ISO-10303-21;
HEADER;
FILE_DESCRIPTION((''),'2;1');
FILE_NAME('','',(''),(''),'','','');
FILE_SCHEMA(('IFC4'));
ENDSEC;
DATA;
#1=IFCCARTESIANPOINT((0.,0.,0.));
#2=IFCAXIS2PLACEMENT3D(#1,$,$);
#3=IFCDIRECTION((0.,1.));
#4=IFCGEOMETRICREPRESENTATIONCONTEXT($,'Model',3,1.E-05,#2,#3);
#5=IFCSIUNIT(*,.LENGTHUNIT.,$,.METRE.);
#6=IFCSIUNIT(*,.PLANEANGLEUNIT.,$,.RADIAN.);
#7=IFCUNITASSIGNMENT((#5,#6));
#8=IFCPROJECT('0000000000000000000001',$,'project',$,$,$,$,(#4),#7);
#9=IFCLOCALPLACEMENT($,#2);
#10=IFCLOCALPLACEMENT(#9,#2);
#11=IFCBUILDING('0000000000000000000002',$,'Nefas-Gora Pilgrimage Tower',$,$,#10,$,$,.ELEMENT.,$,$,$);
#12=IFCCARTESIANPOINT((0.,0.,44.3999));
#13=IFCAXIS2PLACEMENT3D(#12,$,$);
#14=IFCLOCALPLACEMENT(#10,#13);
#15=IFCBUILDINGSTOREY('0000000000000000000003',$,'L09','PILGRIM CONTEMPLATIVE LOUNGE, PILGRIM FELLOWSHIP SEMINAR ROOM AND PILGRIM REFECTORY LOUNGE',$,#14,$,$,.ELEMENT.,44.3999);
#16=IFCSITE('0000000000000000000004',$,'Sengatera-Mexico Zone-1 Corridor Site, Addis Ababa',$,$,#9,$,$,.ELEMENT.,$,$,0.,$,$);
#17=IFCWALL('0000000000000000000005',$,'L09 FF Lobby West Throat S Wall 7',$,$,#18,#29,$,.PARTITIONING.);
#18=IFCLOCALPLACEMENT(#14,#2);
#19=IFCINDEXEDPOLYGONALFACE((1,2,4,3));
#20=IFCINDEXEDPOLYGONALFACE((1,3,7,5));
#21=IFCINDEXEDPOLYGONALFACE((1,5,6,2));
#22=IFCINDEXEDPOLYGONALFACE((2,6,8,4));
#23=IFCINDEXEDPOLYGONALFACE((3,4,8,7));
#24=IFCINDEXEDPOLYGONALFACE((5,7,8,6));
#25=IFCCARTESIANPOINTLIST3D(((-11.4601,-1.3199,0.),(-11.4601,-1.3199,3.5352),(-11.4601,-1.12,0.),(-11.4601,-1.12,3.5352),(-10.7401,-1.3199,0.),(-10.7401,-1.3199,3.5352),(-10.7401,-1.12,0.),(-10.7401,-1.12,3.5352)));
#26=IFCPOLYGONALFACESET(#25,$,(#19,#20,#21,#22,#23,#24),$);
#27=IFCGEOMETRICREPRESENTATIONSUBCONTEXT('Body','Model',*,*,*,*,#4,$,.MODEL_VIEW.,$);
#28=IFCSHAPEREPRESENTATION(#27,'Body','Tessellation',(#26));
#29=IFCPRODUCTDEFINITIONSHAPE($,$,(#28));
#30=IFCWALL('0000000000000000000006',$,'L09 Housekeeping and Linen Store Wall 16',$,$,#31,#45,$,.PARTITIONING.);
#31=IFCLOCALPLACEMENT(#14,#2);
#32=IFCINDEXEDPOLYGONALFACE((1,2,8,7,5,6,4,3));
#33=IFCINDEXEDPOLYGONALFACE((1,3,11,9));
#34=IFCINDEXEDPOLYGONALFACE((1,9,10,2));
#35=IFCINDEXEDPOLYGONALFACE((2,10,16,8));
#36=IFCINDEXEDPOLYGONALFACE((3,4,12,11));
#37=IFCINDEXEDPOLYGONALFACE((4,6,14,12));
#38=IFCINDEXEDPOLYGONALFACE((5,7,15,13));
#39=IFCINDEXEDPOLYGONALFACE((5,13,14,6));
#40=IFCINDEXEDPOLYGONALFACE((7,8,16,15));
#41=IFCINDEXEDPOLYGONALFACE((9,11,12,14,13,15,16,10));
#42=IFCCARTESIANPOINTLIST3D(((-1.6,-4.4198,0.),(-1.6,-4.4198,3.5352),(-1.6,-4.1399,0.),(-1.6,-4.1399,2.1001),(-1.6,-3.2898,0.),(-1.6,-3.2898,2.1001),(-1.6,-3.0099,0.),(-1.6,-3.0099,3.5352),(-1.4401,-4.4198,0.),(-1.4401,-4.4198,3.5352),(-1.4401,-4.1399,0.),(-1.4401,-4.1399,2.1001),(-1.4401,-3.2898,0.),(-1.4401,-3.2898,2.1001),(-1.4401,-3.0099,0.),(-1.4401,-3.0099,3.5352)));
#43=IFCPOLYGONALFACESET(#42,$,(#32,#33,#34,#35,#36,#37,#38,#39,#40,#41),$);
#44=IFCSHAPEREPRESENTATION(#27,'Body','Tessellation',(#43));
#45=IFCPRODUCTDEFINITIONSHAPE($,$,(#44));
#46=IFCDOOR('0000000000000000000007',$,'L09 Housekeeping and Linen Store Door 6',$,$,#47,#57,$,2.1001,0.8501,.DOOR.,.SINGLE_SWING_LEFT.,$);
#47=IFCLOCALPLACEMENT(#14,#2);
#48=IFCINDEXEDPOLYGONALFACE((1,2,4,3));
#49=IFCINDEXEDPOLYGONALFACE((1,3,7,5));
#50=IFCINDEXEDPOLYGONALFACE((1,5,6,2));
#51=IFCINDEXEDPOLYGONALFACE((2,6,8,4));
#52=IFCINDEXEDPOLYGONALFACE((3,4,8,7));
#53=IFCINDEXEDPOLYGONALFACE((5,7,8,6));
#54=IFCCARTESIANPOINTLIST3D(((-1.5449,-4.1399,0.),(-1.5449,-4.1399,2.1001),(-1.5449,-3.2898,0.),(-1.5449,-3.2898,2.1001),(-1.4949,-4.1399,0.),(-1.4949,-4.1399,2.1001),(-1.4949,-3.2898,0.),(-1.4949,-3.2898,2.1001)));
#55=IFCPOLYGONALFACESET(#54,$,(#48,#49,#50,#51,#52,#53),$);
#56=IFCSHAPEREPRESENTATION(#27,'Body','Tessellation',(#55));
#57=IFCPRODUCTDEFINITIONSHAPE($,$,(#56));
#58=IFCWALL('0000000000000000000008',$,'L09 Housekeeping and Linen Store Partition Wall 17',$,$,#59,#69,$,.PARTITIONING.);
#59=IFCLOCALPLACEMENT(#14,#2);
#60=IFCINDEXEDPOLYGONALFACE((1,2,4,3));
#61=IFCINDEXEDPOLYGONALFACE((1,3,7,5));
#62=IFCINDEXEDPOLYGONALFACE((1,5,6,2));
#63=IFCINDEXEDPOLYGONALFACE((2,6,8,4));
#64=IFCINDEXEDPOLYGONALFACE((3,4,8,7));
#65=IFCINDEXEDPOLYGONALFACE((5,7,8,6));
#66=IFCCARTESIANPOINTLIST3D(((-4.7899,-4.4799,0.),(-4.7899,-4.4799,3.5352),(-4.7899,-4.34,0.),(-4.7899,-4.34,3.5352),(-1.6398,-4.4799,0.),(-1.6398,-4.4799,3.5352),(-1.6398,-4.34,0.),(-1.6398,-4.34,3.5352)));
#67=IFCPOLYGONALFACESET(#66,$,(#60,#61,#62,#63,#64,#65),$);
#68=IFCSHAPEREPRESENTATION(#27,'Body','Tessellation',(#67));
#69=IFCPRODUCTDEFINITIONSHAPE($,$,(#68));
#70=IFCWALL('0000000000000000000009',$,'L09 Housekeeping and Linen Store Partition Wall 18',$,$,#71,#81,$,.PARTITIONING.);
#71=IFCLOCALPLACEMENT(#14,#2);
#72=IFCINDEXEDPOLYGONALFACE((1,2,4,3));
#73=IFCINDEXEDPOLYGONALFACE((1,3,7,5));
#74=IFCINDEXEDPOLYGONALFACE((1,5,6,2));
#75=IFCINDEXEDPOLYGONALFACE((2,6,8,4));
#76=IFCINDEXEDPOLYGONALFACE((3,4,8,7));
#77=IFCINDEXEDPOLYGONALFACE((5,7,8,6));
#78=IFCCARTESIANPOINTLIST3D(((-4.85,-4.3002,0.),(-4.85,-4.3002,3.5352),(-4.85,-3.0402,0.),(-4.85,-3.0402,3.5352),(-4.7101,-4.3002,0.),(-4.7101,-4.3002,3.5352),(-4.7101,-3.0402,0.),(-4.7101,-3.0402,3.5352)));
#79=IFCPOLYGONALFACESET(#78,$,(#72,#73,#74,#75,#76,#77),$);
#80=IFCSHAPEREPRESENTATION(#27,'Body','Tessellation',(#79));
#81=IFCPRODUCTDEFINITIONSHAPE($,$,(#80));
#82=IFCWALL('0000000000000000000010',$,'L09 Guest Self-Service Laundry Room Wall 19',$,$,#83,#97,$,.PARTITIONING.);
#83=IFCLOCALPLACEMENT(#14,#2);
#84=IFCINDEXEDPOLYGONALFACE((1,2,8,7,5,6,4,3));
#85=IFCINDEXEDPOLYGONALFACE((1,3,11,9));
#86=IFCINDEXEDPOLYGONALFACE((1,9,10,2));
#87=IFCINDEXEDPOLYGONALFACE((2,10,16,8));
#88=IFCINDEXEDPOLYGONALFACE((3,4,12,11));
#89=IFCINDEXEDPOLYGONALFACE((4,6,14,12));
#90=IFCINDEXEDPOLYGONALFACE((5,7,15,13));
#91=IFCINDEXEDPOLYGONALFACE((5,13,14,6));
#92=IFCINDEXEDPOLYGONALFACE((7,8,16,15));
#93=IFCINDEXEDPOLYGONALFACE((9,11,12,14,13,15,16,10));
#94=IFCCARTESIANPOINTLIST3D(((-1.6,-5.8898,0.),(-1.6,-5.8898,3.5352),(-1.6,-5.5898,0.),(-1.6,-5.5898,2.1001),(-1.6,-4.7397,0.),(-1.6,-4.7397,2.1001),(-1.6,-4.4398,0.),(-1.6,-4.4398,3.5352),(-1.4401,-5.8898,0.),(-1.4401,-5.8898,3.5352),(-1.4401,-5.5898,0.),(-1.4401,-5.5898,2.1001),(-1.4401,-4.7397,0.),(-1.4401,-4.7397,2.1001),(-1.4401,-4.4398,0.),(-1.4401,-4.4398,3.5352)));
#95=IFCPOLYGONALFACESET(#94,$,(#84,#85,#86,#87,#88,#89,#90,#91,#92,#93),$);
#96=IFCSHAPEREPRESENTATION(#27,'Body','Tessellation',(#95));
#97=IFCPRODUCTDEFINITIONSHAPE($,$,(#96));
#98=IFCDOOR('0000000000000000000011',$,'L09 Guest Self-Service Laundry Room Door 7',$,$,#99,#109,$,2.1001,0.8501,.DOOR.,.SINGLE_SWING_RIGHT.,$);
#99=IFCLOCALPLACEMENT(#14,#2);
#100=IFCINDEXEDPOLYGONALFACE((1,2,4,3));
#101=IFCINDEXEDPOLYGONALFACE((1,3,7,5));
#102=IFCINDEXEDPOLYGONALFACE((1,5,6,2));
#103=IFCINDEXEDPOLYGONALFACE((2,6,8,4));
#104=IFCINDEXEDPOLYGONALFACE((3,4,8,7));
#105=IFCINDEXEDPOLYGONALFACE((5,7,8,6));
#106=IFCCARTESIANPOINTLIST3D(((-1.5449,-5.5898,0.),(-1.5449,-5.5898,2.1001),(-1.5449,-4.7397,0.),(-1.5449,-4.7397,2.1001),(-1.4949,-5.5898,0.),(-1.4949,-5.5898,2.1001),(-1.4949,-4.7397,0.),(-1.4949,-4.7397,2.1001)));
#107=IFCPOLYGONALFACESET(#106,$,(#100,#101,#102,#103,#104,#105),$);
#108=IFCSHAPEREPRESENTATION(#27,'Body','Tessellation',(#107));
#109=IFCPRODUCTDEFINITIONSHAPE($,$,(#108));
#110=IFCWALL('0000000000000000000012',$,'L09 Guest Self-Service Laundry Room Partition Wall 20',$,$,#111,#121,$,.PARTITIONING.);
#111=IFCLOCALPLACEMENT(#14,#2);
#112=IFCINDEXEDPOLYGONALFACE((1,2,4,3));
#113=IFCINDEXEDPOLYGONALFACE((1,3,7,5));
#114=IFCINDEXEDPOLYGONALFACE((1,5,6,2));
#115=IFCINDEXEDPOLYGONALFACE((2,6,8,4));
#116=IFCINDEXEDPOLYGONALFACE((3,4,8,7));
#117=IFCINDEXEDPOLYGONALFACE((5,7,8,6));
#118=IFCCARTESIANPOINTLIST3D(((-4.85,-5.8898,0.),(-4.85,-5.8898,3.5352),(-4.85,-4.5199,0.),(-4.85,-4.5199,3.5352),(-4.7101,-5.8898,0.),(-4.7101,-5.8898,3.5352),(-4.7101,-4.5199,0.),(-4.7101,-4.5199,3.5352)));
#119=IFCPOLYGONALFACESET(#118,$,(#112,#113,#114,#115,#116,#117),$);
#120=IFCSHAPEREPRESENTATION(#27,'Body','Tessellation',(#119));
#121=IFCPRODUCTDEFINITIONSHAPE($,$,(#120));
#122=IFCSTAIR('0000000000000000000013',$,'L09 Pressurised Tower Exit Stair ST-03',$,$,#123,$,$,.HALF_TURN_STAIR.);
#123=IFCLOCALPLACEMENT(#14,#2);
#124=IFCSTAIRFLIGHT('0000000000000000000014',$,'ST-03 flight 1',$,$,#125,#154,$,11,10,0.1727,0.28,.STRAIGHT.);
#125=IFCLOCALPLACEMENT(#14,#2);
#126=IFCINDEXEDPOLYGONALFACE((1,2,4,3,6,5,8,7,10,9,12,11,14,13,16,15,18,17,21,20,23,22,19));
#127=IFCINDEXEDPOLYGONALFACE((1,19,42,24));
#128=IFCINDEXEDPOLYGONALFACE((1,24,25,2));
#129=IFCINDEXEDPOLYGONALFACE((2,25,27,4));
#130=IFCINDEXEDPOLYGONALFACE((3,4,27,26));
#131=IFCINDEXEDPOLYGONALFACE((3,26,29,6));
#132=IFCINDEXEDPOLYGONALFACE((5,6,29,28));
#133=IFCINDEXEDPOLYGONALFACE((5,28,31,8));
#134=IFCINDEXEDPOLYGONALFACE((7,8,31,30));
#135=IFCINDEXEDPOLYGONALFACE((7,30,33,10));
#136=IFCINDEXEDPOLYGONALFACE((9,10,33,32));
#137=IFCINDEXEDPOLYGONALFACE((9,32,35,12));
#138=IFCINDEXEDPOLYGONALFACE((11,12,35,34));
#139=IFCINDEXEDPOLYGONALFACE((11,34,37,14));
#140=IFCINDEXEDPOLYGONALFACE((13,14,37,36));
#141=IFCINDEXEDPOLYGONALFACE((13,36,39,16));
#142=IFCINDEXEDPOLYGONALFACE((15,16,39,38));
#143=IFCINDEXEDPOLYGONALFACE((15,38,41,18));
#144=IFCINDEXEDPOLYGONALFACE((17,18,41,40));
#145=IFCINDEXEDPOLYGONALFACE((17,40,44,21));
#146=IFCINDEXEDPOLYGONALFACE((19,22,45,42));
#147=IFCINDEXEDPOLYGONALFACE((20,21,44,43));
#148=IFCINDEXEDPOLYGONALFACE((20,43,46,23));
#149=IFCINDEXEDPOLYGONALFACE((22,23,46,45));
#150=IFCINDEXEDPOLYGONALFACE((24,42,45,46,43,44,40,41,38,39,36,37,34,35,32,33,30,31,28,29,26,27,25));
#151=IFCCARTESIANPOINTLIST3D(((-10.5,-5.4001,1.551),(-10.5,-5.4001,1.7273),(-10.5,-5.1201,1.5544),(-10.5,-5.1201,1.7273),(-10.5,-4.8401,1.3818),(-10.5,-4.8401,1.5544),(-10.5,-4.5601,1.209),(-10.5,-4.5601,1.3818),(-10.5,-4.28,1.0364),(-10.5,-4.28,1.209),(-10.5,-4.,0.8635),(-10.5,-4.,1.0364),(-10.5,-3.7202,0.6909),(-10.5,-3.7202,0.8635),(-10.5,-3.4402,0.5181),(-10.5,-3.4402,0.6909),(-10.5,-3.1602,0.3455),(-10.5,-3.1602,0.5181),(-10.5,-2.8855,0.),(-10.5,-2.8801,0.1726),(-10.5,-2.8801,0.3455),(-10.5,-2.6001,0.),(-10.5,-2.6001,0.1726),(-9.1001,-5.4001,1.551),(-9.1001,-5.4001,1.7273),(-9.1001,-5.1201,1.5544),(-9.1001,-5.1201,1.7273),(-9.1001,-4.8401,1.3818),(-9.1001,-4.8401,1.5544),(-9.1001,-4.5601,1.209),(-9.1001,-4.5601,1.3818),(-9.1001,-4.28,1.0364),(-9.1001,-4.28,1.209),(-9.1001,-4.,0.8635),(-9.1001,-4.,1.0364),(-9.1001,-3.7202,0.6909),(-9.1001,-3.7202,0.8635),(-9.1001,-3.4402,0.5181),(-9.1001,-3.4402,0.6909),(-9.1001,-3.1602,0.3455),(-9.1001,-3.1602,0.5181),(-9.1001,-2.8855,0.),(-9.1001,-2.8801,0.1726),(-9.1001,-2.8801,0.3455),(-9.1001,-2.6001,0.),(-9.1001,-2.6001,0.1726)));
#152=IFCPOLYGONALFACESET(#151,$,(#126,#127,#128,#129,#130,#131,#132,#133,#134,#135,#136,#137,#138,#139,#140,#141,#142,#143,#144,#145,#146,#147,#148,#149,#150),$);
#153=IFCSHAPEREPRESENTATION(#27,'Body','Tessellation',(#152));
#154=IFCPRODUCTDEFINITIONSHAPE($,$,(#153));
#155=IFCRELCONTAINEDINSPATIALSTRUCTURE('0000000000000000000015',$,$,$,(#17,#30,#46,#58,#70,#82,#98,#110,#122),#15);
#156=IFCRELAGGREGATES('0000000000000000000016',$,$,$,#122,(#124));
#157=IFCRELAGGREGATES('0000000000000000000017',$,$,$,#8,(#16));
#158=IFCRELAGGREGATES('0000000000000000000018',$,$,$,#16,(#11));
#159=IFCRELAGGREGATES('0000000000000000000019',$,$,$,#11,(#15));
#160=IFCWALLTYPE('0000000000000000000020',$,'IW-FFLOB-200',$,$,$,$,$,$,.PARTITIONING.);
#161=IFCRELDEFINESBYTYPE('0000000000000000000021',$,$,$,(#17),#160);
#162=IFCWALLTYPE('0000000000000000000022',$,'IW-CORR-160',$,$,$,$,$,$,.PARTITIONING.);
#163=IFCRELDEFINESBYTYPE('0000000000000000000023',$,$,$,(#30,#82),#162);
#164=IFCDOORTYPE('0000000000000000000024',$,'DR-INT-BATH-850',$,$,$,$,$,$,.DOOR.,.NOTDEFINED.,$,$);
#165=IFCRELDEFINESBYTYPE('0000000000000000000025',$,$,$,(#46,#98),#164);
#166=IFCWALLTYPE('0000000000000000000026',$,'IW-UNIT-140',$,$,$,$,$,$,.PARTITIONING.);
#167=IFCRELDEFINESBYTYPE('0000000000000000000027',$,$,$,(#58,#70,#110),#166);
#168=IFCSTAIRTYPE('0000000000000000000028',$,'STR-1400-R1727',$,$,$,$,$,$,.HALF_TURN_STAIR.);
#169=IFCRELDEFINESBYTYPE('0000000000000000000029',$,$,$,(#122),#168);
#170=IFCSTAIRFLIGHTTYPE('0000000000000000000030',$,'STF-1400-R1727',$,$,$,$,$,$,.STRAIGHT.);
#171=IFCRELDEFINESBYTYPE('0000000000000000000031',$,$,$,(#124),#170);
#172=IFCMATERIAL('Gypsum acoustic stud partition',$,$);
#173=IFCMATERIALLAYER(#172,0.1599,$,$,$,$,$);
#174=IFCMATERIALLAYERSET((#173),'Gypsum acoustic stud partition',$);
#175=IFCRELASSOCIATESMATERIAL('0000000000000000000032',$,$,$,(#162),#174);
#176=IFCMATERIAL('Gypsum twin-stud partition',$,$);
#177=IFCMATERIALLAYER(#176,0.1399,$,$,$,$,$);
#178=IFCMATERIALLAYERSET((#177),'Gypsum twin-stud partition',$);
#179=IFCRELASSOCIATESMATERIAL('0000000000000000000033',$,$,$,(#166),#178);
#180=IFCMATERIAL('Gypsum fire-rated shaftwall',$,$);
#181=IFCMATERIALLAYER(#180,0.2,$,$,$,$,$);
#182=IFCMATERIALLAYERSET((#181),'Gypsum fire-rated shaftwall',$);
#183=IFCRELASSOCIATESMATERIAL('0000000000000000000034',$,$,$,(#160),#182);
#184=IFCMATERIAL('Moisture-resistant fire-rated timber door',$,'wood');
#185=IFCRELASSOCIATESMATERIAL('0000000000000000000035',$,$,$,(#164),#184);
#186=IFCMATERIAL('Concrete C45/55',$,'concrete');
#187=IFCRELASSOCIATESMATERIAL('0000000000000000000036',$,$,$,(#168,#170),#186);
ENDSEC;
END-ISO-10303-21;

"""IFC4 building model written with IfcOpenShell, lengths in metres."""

from ifc_helpers import new_model, si_unit, direction, frame, frame_2d, origin, place, context, subcontext, project, spatial, polyline, rectangle, outline, extrude, source, transform, mapped, material, layer, layer_set, type_object, element, fill, aggregate, save


model = new_model("IFC4")

# Units and contexts
model_context = context("Model", 3, precision=1e-05, world=origin(), true_north=direction((0.0, 1.0)))
body_context = subcontext(model_context, "Body", "Model", "MODEL_VIEW")
ifc_project = project(units=[si_unit("LENGTHUNIT", "METRE"), si_unit("PLANEANGLEUNIT", "RADIAN")], contexts=[model_context])

# Site, building, storey
site_placement = place(None, origin())
site = spatial("IfcSite", under=ifc_project, at=site_placement, Name="Sengatera-Mexico Zone-1 Corridor Site, Addis Ababa", CompositionType="ELEMENT", RefElevation=0.0)
building_placement = place(site_placement, origin())
building = spatial("IfcBuilding", under=site, at=building_placement, Name="Nefas-Gora Pilgrimage Tower", CompositionType="ELEMENT")
storey_placement = place(building_placement, frame((0.0, 0.0, 44.3999)))
storey = spatial("IfcBuildingStorey", under=building, at=storey_placement, Name="L09", Description="PILGRIM CONTEMPLATIVE LOUNGE, PILGRIM FELLOWSHIP SEMINAR ROOM AND PILGRIM REFECTORY LOUNGE", CompositionType="ELEMENT", Elevation=44.3999)

# Shared definitions
ifc_material_1 = material(Name="Concrete C45/55", Category="concrete")

# Wall
ifc_material_2 = material(Name="Gypsum acoustic stud partition")
ifc_layer_1 = layer(ifc_material_2, 0.1599)
ifc_layer_set_1 = layer_set([ifc_layer_1], Name="Gypsum acoustic stud partition")
wall_type_1 = type_object("IfcWallType", Name="IW-CORR-160", PredefinedType="PARTITIONING", material=ifc_layer_set_1)
ifc_material_3 = material(Name="Gypsum twin-stud partition")
ifc_layer_2 = layer(ifc_material_3, 0.1399)
ifc_layer_set_2 = layer_set([ifc_layer_2], Name="Gypsum twin-stud partition")
wall_type_2 = type_object("IfcWallType", Name="IW-UNIT-140", PredefinedType="PARTITIONING", material=ifc_layer_set_2)
ifc_material_4 = material(Name="Gypsum fire-rated shaftwall")
ifc_layer_3 = layer(ifc_material_4, 0.2)
ifc_layer_set_3 = layer_set([ifc_layer_3], Name="Gypsum fire-rated shaftwall")
wall_type_3 = type_object("IfcWallType", Name="IW-FFLOB-200", PredefinedType="PARTITIONING", material=ifc_layer_set_3)
shared_shape_1 = source(origin(), body_context, "Body", "SweptSolid", [
    extrude(rectangle(XDim=0.72, YDim=0.2, at=frame_2d((0.3599, 0.0))), origin(), (0.0, 0.0, 1.0), 3.5352),
])
wall_1_placement = place(storey_placement, frame((-11.46, -1.22, 0.0), z_axis=(0.0, 0.0, 1.0), x_axis=(1.0, 0.0, 0.0)))
element("IfcWall", 1, at=wall_1_placement, inside=storey, type_object=wall_type_3, Name="L09 FF Lobby West Throat S Wall 7", PredefinedType="PARTITIONING", context=body_context, shape_type="MappedRepresentation", body=[
    mapped(shared_shape_1, transform((0.0, 0.0, 0.0), x_axis=(1.0, 0.0, 0.0), y_axis=(0.0, 1.0, 0.0), z_axis=(0.0, 0.0, 1.0), scale=1.0)),
])

# Wall, opening, door
shared_shape_2 = source(origin(), body_context, "Body", "SweptSolid", [
    extrude(rectangle(XDim=1.4099, YDim=0.1599, at=frame_2d((0.7051, 0.0))), origin(), (0.0, 0.0, 1.0), 3.5352),
])
wall_2_placement = place(storey_placement, frame((-1.52, -4.4199, 0.0), z_axis=(0.0, 0.0, 1.0), x_axis=(0.0, 1.0, 0.0)))
wall_2 = element("IfcWall", 2, at=wall_2_placement, inside=storey, type_object=wall_type_1, Name="L09 Housekeeping and Linen Store Wall 16", PredefinedType="PARTITIONING", context=body_context, shape_type="MappedRepresentation", body=[
    mapped(shared_shape_2, transform((0.0, 0.0, 0.0), x_axis=(1.0, 0.0, 0.0), y_axis=(0.0, 1.0, 0.0), z_axis=(0.0, 0.0, 1.0), scale=1.0)),
])
opening_1_placement = place(wall_2_placement, frame((0.28, 0.0, 0.0)))
opening_1 = element("IfcOpeningElement", 3, at=opening_1_placement, cuts=wall_2, PredefinedType="OPENING", context=body_context, shape_type="SweptSolid", body=[
    extrude(rectangle(XDim=0.8501, YDim=2.1001, at=frame_2d((0.425, 1.05))), frame((0.0, 0.0898, 0.0), z_axis=(0.0, -1.0, 0.0), x_axis=(1.0, 0.0, 0.0)), (0.0, 0.0, 1.0), 0.1799),
])
ifc_material_5 = material(Name="Moisture-resistant fire-rated timber door", Category="wood")
door_type_1 = type_object("IfcDoorType", Name="DR-INT-BATH-850", OperationType="NOTDEFINED", PredefinedType="DOOR", material=ifc_material_5)
shared_shape_3 = source(origin(), body_context, "Body", "SweptSolid", [
    extrude(rectangle(XDim=0.8501, YDim=2.1001, at=frame_2d((0.425, 1.05))), frame((0.0, 0.0249, 0.0), z_axis=(0.0, -1.0, 0.0), x_axis=(1.0, 0.0, 0.0)), (0.0, 0.0, 1.0), 0.05),
])
door_1_placement = place(opening_1_placement, origin())
door_1 = element("IfcDoor", 4, at=door_1_placement, inside=storey, type_object=door_type_1, Name="L09 Housekeeping and Linen Store Door 6", OperationType="SINGLE_SWING_LEFT", OverallHeight=2.1001, OverallWidth=0.8501, PredefinedType="DOOR", context=body_context, shape_type="MappedRepresentation", body=[
    mapped(shared_shape_3, transform((0.0, 0.0, 0.0), x_axis=(1.0, 0.0, 0.0), y_axis=(0.0, 1.0, 0.0), z_axis=(0.0, 0.0, 1.0), scale=1.0)),
])
fill(opening_1, door_1)

# Walls
shared_shape_4 = source(origin(), body_context, "Body", "SweptSolid", [
    extrude(rectangle(XDim=3.1501, YDim=0.1399, at=frame_2d((1.5752, 0.0))), origin(), (0.0, 0.0, 1.0), 3.5352),
])
wall_3_placement = place(storey_placement, frame((-4.79, -4.4099, 0.0), z_axis=(0.0, 0.0, 1.0), x_axis=(1.0, 0.0, 0.0)))
element("IfcWall", 5, at=wall_3_placement, inside=storey, type_object=wall_type_2, Name="L09 Housekeeping and Linen Store Partition Wall 17", PredefinedType="PARTITIONING", context=body_context, shape_type="MappedRepresentation", body=[
    mapped(shared_shape_4, transform((0.0, 0.0, 0.0), x_axis=(1.0, 0.0, 0.0), y_axis=(0.0, 1.0, 0.0), z_axis=(0.0, 0.0, 1.0), scale=1.0)),
])
shared_shape_5 = source(origin(), body_context, "Body", "SweptSolid", [
    extrude(rectangle(XDim=1.26, YDim=0.1399, at=frame_2d((0.6299, 0.0))), origin(), (0.0, 0.0, 1.0), 3.5352),
])
wall_4_placement = place(storey_placement, frame((-4.78, -4.3, 0.0), z_axis=(0.0, 0.0, 1.0), x_axis=(0.0, 1.0, 0.0)))
element("IfcWall", 6, at=wall_4_placement, inside=storey, type_object=wall_type_2, Name="L09 Housekeeping and Linen Store Partition Wall 18", PredefinedType="PARTITIONING", context=body_context, shape_type="MappedRepresentation", body=[
    mapped(shared_shape_5, transform((0.0, 0.0, 0.0), x_axis=(1.0, 0.0, 0.0), y_axis=(0.0, 1.0, 0.0), z_axis=(0.0, 0.0, 1.0), scale=1.0)),
])

# Wall, opening, door
shared_shape_6 = source(origin(), body_context, "Body", "SweptSolid", [
    extrude(rectangle(XDim=1.45, YDim=0.1599, at=frame_2d((0.7251, 0.0))), origin(), (0.0, 0.0, 1.0), 3.5352),
])
wall_5_placement = place(storey_placement, frame((-1.52, -5.8899, 0.0), z_axis=(0.0, 0.0, 1.0), x_axis=(0.0, 1.0, 0.0)))
wall_5 = element("IfcWall", 7, at=wall_5_placement, inside=storey, type_object=wall_type_1, Name="L09 Guest Self-Service Laundry Room Wall 19", PredefinedType="PARTITIONING", context=body_context, shape_type="MappedRepresentation", body=[
    mapped(shared_shape_6, transform((0.0, 0.0, 0.0), x_axis=(1.0, 0.0, 0.0), y_axis=(0.0, 1.0, 0.0), z_axis=(0.0, 0.0, 1.0), scale=1.0)),
])
opening_2_placement = place(wall_5_placement, frame((0.3, 0.0, 0.0)))
opening_2 = element("IfcOpeningElement", 8, at=opening_2_placement, cuts=wall_5, PredefinedType="OPENING", context=body_context, shape_type="SweptSolid", body=[
    extrude(rectangle(XDim=0.8501, YDim=2.1001, at=frame_2d((0.425, 1.05))), frame((0.0, 0.0898, 0.0), z_axis=(0.0, -1.0, 0.0), x_axis=(1.0, 0.0, 0.0)), (0.0, 0.0, 1.0), 0.1799),
])
door_2_placement = place(opening_2_placement, origin())
door_2 = element("IfcDoor", 9, at=door_2_placement, inside=storey, type_object=door_type_1, Name="L09 Guest Self-Service Laundry Room Door 7", OperationType="SINGLE_SWING_RIGHT", OverallHeight=2.1001, OverallWidth=0.8501, PredefinedType="DOOR", context=body_context, shape_type="MappedRepresentation", body=[
    mapped(shared_shape_3, transform((0.0, 0.0, 0.0), x_axis=(1.0, 0.0, 0.0), y_axis=(0.0, 1.0, 0.0), z_axis=(0.0, 0.0, 1.0), scale=1.0)),
])
fill(opening_2, door_2)

# Wall
shared_shape_7 = source(origin(), body_context, "Body", "SweptSolid", [
    extrude(rectangle(XDim=1.3699, YDim=0.1399, at=frame_2d((0.6851, 0.0))), origin(), (0.0, 0.0, 1.0), 3.5352),
])
wall_6_placement = place(storey_placement, frame((-4.78, -5.8899, 0.0), z_axis=(0.0, 0.0, 1.0), x_axis=(0.0, 1.0, 0.0)))
element("IfcWall", 10, at=wall_6_placement, inside=storey, type_object=wall_type_2, Name="L09 Guest Self-Service Laundry Room Partition Wall 20", PredefinedType="PARTITIONING", context=body_context, shape_type="MappedRepresentation", body=[
    mapped(shared_shape_7, transform((0.0, 0.0, 0.0), x_axis=(1.0, 0.0, 0.0), y_axis=(0.0, 1.0, 0.0), z_axis=(0.0, 0.0, 1.0), scale=1.0)),
])

# Stair, stair flight
stair_type = type_object("IfcStairType", Name="STR-1400-R1727", PredefinedType="HALF_TURN_STAIR", material=ifc_material_1)
stair_placement = place(storey_placement, origin())
stair = element("IfcStair", 11, at=stair_placement, inside=storey, type_object=stair_type, Name="L09 Pressurised Tower Exit Stair ST-03", PredefinedType="HALF_TURN_STAIR")
stair_flight_type = type_object("IfcStairFlightType", Name="STF-1400-R1727", PredefinedType="STRAIGHT", material=ifc_material_1)
shared_shape_8 = source(origin(), body_context, "Body", "SweptSolid", [
    extrude(outline(polyline([(0.0, 0.0), (0.0, 0.1726), (0.28, 0.1726), (0.28, 0.3455), (0.5601, 0.3455), (0.5601, 0.5181), (0.8401, 0.5181), (0.8401, 0.6909), (1.1201, 0.6909), (1.1201, 0.8635), (1.3999, 0.8635), (1.3999, 1.0364), (1.6799, 1.0364), (1.6799, 1.209), (1.96, 1.209), (1.96, 1.3818), (2.24, 1.3818), (2.24, 1.5544), (2.52, 1.5544), (2.52, 1.7273), (2.8, 1.7273), (2.8, 1.8999), (2.8, 1.551), (0.2854, 0.0), (0.0, 0.0)])), frame((0.0, 0.7, 0.0), z_axis=(0.0, -1.0, 0.0), x_axis=(1.0, 0.0, 0.0)), (0.0, 0.0, 1.0), 1.3999),
])
stair_flight_1_placement = place(storey_placement, frame((-9.8, -2.6001, 0.0), z_axis=(0.0, 0.0, 1.0), x_axis=(0.0, -1.0, 0.0)))
stair_flight_1 = element("IfcStairFlight", 12, at=stair_flight_1_placement, type_object=stair_flight_type, Name="ST-03 flight 1", NumberOfRisers=11, NumberOfTreads=10, PredefinedType="STRAIGHT", RiserHeight=0.1727, TreadLength=0.28, context=body_context, shape_type="MappedRepresentation", body=[
    mapped(shared_shape_8, transform((0.0, 0.0, 0.0), x_axis=(1.0, 0.0, 0.0), y_axis=(0.0, 1.0, 0.0), z_axis=(0.0, 0.0, 1.0), scale=1.0)),
])
aggregate(stair, [stair_flight_1])

save(model, "model.ifc")
